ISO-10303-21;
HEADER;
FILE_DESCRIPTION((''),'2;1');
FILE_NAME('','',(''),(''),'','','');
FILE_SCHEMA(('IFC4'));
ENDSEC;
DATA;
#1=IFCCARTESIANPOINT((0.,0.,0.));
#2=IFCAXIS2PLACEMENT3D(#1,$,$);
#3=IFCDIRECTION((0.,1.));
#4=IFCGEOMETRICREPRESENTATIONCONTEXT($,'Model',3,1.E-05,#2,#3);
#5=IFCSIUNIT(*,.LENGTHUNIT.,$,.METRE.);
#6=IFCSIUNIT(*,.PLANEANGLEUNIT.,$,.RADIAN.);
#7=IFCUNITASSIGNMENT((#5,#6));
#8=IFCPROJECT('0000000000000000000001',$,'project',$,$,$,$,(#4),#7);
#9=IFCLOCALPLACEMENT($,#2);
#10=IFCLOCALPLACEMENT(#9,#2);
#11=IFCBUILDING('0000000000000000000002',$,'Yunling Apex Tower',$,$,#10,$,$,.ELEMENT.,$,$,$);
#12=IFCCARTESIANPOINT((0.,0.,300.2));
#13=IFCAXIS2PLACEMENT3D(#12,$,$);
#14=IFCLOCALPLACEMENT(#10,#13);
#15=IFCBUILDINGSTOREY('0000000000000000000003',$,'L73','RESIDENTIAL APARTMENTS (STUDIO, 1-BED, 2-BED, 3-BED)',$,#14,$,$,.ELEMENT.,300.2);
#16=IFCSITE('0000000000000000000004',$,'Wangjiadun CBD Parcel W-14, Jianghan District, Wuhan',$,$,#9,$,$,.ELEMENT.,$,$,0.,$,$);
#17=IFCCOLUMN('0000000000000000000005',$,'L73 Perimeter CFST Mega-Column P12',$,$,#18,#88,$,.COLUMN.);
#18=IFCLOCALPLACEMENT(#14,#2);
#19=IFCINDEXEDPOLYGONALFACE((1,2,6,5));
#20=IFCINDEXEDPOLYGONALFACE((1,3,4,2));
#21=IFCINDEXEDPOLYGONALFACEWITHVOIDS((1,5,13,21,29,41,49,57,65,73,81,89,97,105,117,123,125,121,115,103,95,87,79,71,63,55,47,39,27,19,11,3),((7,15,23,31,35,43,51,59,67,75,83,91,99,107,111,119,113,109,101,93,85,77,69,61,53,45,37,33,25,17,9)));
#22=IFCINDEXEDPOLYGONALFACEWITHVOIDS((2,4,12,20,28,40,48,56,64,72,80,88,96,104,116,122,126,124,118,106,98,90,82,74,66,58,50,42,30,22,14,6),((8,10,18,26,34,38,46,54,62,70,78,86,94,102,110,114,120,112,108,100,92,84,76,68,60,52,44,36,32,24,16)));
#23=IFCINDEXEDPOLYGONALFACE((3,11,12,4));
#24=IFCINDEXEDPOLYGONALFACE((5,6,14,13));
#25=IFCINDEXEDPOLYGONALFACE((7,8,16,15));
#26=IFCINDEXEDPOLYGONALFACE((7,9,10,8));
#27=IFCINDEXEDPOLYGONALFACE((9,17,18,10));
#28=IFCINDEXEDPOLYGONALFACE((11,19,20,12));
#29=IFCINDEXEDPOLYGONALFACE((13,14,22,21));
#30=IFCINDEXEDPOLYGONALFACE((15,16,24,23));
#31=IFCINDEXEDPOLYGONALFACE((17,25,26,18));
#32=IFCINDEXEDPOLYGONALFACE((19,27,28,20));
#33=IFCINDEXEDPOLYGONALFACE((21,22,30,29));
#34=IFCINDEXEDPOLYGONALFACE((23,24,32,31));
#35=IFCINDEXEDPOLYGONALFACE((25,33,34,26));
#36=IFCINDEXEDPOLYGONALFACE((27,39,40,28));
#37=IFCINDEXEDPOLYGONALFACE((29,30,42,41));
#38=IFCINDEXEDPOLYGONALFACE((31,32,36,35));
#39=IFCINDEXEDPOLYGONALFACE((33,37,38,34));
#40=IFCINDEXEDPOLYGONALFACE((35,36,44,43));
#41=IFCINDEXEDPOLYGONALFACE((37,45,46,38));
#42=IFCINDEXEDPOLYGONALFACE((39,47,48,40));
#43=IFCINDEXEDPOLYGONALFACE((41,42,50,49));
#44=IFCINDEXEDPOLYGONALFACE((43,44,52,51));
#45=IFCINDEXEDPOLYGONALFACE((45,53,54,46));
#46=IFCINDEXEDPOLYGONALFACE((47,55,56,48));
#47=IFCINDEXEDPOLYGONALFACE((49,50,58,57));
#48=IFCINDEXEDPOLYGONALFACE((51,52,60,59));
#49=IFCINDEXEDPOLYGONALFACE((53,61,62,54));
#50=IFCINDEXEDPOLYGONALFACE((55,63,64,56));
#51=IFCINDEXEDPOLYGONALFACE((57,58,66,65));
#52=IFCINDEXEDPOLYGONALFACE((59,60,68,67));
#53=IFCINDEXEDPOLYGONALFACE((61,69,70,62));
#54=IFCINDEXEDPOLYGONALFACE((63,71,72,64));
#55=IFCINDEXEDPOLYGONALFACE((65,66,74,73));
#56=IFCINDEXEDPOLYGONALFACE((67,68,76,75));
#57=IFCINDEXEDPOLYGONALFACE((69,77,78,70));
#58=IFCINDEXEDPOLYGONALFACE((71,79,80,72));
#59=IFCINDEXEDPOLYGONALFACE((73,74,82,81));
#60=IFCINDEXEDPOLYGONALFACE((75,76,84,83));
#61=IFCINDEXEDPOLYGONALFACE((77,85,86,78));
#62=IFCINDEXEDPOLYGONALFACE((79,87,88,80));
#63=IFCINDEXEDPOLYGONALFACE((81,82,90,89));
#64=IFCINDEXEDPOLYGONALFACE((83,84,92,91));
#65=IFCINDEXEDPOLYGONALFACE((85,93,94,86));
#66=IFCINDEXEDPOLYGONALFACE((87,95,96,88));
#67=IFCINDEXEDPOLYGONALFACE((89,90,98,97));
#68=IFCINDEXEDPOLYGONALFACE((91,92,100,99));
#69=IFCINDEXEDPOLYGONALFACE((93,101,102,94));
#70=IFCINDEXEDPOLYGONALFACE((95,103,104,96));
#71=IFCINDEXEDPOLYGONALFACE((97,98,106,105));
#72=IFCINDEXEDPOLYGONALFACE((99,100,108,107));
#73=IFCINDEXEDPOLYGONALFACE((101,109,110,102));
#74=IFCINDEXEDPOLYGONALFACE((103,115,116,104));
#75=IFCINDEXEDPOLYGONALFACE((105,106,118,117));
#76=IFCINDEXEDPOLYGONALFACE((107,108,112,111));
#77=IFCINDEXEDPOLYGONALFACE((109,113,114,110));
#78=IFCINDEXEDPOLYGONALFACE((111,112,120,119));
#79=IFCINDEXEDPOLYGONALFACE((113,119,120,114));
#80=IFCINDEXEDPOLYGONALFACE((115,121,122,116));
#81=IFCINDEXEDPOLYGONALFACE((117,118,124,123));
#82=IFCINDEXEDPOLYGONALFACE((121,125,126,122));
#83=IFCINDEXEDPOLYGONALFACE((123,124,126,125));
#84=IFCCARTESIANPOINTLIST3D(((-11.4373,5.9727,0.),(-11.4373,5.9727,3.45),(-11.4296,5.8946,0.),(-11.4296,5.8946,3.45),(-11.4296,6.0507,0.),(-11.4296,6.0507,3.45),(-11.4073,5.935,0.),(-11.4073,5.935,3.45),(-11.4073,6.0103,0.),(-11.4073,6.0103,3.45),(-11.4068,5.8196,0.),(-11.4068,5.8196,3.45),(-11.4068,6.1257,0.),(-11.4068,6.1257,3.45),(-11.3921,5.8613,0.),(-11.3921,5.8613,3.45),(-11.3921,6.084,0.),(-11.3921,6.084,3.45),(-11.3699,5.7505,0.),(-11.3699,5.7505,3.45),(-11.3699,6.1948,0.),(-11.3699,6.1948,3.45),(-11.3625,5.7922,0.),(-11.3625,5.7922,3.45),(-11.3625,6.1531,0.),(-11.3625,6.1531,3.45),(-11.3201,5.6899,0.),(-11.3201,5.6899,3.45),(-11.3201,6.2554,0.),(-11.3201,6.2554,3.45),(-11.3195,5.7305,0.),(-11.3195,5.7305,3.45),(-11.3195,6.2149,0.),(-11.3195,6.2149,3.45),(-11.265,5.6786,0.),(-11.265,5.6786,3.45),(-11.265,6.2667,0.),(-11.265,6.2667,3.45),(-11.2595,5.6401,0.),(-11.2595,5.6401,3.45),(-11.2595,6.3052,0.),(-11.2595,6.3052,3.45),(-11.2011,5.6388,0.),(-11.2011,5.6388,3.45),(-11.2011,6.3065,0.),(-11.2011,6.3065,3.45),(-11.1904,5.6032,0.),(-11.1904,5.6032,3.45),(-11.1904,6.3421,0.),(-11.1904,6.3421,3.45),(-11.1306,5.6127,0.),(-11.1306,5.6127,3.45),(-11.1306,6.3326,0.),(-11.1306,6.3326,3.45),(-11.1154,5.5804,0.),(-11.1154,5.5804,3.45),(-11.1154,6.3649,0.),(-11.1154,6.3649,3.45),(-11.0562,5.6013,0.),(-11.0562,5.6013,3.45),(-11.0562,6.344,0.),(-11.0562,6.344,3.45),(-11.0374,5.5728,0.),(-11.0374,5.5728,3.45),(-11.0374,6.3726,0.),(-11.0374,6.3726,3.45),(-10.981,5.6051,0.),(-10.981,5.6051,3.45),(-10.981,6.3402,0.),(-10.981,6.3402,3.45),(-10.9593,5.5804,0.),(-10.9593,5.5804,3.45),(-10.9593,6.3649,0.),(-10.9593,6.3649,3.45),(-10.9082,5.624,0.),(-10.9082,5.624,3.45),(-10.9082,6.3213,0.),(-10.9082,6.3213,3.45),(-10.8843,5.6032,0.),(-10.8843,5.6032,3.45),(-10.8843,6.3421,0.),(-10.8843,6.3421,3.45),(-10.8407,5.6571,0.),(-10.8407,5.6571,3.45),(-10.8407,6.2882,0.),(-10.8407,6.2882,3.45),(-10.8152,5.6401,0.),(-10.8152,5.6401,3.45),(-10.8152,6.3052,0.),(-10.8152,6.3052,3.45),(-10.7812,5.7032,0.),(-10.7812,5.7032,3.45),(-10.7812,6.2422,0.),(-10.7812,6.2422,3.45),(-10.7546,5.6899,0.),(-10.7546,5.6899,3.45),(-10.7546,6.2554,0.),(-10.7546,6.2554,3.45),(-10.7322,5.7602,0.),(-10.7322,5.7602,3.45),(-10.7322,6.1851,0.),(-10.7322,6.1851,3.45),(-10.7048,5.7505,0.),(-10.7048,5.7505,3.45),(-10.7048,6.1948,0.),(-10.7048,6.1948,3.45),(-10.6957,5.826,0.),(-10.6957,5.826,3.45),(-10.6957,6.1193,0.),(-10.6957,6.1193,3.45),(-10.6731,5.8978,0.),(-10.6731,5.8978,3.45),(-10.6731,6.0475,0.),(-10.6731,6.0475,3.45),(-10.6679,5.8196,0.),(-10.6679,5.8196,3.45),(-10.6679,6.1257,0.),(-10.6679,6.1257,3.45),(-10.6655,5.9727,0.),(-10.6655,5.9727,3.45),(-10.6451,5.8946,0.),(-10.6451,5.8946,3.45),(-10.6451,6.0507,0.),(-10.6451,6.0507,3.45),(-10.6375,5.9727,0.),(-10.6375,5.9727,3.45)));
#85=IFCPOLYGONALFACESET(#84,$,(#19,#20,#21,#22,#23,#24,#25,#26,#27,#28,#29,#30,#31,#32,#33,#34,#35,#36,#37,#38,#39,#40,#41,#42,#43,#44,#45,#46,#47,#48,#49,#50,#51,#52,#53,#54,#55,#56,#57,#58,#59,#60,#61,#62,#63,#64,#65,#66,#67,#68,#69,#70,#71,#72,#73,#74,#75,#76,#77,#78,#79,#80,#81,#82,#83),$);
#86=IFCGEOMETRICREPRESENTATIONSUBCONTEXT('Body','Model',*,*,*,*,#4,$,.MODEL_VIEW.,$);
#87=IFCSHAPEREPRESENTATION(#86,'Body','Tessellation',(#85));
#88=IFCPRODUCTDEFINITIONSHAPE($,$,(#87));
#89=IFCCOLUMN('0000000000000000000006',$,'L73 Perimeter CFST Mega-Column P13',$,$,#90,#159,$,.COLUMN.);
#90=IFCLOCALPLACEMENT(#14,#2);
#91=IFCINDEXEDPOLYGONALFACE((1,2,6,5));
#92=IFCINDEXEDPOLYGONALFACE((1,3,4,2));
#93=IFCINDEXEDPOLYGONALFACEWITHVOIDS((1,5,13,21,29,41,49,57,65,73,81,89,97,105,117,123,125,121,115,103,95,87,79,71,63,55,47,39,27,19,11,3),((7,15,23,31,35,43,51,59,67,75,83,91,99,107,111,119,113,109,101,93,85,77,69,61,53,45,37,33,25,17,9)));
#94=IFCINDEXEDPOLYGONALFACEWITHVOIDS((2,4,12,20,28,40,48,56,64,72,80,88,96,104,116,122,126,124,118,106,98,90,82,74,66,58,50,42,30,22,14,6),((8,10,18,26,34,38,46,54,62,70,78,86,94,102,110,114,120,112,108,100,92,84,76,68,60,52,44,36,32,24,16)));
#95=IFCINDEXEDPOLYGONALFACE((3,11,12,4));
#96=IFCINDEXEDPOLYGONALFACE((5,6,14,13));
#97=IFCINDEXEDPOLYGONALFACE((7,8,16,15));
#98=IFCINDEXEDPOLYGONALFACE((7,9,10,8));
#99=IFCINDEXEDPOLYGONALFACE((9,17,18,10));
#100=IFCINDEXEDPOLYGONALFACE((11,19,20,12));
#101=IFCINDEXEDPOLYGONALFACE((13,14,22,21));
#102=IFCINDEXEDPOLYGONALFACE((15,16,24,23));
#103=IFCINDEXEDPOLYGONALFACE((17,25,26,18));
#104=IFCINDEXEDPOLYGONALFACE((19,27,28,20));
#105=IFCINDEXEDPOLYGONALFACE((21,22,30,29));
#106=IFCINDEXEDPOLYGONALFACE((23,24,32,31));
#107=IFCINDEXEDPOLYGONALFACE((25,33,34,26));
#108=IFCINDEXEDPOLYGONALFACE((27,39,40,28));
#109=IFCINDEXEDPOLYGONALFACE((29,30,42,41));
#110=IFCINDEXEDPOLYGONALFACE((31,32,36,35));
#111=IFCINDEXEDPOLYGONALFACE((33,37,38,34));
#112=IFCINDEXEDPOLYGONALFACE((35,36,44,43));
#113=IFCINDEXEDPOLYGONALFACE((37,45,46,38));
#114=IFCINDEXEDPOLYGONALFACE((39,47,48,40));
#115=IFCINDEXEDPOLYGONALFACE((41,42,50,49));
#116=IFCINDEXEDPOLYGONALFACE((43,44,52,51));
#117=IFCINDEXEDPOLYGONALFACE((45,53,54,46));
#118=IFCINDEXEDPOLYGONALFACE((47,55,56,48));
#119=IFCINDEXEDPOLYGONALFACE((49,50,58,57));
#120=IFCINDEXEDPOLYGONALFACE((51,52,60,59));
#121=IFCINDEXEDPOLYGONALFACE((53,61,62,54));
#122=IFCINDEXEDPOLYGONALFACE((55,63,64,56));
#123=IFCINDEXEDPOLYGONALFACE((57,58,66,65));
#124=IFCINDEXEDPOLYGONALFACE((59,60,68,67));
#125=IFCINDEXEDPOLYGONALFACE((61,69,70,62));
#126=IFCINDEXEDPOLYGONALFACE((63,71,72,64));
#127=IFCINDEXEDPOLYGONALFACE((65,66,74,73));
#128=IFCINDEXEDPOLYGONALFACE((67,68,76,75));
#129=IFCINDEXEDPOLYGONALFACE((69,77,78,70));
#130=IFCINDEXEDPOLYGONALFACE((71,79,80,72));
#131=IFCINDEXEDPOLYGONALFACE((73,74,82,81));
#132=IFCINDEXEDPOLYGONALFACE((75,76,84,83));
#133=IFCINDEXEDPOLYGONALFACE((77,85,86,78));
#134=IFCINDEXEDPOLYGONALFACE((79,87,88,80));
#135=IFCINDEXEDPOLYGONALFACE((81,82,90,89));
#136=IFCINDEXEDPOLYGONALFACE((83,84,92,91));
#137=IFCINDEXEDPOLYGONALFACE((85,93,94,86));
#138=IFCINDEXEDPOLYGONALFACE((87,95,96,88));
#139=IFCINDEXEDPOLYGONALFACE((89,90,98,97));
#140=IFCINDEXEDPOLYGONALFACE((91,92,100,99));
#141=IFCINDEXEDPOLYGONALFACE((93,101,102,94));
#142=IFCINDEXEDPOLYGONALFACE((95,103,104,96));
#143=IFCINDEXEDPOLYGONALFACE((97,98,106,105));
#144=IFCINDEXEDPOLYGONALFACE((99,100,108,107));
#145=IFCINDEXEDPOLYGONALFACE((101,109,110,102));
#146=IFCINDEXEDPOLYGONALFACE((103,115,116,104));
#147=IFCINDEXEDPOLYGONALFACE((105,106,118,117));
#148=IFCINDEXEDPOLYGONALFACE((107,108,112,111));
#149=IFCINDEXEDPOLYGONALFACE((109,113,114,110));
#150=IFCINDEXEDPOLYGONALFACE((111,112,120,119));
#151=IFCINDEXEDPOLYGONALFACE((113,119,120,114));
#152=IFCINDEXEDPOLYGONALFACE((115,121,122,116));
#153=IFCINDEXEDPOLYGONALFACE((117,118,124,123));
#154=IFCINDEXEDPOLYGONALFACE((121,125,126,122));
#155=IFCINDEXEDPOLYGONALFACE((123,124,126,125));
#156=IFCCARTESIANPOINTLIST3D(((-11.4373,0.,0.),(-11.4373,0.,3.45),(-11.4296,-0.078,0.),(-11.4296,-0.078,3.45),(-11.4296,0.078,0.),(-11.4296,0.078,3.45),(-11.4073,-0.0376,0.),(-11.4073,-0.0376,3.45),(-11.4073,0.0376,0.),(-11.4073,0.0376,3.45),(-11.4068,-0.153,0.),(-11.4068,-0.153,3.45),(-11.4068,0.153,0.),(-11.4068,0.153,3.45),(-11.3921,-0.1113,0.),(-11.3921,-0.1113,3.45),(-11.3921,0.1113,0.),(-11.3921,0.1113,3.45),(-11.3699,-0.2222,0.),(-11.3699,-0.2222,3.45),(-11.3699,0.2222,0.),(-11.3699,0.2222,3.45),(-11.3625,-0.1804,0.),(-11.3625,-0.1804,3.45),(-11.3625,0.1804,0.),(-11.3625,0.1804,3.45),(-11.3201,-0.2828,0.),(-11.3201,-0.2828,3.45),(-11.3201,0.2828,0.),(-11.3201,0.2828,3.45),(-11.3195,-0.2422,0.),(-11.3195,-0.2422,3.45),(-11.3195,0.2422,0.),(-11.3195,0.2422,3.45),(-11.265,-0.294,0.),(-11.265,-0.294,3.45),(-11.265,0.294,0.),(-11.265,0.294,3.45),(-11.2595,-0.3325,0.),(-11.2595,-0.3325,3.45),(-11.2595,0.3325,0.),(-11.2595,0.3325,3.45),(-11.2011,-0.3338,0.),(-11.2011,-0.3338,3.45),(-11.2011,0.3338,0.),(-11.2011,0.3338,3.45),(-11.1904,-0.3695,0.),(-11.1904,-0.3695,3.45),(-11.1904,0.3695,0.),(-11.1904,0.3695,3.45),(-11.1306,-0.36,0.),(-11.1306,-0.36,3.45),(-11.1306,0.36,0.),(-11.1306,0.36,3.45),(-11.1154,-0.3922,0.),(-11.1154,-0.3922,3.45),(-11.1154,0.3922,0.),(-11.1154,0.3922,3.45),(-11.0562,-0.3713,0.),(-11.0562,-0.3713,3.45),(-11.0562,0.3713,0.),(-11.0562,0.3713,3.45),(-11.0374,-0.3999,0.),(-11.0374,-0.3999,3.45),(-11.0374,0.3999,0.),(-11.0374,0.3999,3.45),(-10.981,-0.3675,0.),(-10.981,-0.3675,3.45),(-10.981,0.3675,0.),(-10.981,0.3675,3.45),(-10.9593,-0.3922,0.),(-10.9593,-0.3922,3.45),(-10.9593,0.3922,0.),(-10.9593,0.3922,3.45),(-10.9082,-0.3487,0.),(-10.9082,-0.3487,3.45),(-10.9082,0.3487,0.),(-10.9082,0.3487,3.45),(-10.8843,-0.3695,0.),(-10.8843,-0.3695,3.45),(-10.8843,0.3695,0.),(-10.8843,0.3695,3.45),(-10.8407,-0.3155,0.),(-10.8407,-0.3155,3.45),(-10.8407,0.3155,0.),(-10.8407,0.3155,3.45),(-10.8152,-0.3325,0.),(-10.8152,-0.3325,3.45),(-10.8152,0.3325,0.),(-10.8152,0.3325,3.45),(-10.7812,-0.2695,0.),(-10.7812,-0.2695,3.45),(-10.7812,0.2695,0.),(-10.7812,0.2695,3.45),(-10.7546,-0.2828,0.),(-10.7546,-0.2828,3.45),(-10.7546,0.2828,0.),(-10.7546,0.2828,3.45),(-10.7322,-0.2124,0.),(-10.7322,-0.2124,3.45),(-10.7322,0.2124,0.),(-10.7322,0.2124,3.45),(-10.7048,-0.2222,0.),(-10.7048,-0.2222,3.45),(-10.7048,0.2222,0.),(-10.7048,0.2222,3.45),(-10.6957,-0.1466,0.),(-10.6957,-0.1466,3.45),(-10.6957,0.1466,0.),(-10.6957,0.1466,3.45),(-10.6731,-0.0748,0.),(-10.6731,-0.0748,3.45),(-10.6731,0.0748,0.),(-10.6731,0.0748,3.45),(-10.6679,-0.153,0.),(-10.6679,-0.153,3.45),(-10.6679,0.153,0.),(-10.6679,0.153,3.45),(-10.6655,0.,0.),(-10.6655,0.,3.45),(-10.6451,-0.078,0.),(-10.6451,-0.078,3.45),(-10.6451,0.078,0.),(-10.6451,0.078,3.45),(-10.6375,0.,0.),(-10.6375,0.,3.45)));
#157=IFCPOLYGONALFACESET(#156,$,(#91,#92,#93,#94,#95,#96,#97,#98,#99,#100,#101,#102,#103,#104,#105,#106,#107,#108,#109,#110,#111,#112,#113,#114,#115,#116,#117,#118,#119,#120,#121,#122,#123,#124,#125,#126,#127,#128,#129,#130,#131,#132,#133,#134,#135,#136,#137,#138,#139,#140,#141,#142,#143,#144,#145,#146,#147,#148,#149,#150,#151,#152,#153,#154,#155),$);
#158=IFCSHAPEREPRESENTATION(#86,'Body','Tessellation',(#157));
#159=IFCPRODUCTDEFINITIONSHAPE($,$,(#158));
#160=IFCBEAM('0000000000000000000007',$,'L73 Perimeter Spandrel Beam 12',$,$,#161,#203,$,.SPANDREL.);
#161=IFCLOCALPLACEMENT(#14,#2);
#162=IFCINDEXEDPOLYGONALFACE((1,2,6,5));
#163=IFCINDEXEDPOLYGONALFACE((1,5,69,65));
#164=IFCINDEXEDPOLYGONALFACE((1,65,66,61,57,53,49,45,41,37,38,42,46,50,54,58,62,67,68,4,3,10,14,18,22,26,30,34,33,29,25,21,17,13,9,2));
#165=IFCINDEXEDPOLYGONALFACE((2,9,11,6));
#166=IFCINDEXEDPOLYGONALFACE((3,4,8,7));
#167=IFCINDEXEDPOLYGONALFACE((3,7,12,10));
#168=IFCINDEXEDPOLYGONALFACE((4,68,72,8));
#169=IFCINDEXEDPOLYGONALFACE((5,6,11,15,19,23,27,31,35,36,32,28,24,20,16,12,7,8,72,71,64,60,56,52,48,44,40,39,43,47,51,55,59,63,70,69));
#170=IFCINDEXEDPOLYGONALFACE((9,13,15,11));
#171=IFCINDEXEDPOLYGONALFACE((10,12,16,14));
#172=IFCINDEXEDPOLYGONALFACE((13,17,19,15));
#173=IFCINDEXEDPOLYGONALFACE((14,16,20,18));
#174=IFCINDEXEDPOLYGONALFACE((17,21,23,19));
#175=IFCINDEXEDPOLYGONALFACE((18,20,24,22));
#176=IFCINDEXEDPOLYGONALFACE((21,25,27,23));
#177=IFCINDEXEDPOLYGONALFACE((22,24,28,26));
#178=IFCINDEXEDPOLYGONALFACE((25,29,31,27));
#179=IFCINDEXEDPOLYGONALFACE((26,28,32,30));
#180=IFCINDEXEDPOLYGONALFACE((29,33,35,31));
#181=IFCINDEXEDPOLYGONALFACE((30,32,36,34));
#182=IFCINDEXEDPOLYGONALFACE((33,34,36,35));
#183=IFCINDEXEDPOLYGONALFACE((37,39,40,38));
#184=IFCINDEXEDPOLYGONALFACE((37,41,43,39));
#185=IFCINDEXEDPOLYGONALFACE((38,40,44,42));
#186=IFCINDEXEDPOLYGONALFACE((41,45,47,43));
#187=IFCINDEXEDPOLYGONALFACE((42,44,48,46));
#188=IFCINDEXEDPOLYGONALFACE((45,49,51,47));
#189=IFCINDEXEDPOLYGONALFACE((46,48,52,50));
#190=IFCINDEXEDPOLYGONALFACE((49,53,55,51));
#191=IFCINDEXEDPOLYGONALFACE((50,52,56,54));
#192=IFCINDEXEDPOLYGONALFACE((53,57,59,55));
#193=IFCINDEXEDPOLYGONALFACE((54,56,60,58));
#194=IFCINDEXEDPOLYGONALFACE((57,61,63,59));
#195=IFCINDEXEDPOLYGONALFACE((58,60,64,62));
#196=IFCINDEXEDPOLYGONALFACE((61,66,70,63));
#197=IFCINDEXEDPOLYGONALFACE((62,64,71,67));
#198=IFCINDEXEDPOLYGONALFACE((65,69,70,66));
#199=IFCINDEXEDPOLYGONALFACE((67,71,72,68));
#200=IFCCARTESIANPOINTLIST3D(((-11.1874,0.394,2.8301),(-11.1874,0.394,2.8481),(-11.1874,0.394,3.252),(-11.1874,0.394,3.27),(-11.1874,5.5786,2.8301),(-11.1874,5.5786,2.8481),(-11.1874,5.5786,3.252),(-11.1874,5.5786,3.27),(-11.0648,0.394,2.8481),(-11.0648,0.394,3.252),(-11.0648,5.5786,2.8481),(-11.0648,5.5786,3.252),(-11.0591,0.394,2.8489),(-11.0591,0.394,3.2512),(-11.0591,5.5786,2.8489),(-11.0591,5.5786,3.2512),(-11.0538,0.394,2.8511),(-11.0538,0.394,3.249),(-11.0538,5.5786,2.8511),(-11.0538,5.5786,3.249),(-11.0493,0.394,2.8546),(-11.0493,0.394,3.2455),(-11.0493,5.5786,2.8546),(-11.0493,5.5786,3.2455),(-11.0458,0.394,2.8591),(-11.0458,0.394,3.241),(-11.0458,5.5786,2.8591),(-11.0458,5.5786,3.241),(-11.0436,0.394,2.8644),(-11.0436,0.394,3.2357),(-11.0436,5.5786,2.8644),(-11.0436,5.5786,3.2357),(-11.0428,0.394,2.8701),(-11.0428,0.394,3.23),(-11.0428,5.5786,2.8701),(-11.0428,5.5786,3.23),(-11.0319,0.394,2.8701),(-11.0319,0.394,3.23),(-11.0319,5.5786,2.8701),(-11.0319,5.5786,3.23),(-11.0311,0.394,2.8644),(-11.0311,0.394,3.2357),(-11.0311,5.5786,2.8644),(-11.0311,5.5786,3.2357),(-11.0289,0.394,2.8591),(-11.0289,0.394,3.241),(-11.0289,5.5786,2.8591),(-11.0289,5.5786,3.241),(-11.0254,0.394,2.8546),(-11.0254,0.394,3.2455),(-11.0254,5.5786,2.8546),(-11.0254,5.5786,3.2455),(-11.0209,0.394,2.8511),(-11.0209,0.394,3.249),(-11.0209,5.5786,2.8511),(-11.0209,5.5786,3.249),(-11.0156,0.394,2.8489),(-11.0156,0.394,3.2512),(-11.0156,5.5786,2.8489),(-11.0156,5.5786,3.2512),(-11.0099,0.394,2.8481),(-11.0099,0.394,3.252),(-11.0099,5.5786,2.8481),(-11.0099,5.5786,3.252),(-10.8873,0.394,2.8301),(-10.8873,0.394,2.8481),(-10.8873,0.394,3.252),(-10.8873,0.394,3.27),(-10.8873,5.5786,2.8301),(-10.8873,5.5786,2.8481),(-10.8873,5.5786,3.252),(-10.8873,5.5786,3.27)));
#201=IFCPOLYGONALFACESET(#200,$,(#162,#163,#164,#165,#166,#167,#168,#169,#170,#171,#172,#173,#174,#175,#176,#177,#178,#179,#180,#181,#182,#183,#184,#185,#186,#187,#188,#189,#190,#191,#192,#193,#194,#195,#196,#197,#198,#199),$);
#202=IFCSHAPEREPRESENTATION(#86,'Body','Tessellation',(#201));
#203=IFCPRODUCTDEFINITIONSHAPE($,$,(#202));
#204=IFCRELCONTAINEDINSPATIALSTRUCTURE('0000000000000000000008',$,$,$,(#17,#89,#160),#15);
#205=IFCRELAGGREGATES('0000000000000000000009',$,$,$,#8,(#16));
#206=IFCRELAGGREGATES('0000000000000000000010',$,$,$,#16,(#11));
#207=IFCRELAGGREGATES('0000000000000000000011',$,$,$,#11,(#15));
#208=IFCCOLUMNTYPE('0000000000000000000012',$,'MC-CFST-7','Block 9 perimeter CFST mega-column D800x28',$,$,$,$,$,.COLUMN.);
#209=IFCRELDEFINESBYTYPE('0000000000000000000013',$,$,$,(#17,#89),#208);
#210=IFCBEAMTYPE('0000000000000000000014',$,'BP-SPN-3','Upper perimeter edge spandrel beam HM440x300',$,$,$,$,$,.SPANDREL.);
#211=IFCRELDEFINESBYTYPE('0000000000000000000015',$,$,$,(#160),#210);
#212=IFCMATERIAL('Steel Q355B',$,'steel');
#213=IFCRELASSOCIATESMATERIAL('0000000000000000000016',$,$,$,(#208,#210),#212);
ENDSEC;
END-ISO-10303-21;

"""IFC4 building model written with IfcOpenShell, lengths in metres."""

from ifc_helpers import new_model, si_unit, direction, frame, origin, origin_2d, place, context, subcontext, project, spatial, hollow_circle, i_section, extrude, source, transform, mapped, material, material_profile, profile_set, type_object, element, save


model = new_model("IFC4")

# Units and contexts
model_context = context("Model", 3, precision=1e-05, world=origin(), true_north=direction((0.0, 1.0)))
body_context = subcontext(model_context, "Body", "Model", "MODEL_VIEW")
ifc_project = project(units=[si_unit("LENGTHUNIT", "METRE"), si_unit("PLANEANGLEUNIT", "RADIAN")], contexts=[model_context])

# Site, building, storey
site_placement = place(None, origin())
site = spatial("IfcSite", under=ifc_project, at=site_placement, Name="Wangjiadun CBD Parcel W-14, Jianghan District, Wuhan", CompositionType="ELEMENT", RefElevation=0.0)
building_placement = place(site_placement, origin())
building = spatial("IfcBuilding", under=site, at=building_placement, Name="Yunling Apex Tower", CompositionType="ELEMENT")
storey_placement = place(building_placement, frame((0.0, 0.0, 300.2)))
storey = spatial("IfcBuildingStorey", under=building, at=storey_placement, Name="L73", Description="RESIDENTIAL APARTMENTS (STUDIO, 1-BED, 2-BED, 3-BED)", CompositionType="ELEMENT", Elevation=300.2)

# Columns
ifc_material_1 = material(Name="Steel Q355B", Category="steel")
ifc_material_profile_1 = material_profile(ifc_material_1, hollow_circle(Radius=0.3999, WallThickness=0.0281, at=origin_2d()))
ifc_profile_set_1 = profile_set([ifc_material_profile_1], Name="Steel Q355B")
column_type = type_object("IfcColumnType", Name="MC-CFST-7", Description="Block 9 perimeter CFST mega-column D800x28", PredefinedType="COLUMN", material=ifc_profile_set_1)
shared_shape_1 = source(origin(), body_context, "Body", "SweptSolid", [
    extrude(hollow_circle(Radius=0.3999, WallThickness=0.0281, at=origin_2d()), origin(), (0.0, 0.0, 1.0), 3.45),
])
for number, where, z_axis, x_axis, name in (
    (1, (-11.0374, 5.9727, 0.0), (0.0, 0.0, 1.0), (1.0, 0.0, 0.0), "L73 Perimeter CFST Mega-Column P12"),
    (2, (-11.0374, 0.0, 0.0), (0.0, 0.0, 1.0), (1.0, 0.0, 0.0), "L73 Perimeter CFST Mega-Column P13"),
):
    element("IfcColumn", number, at=place(storey_placement, frame(where, z_axis=z_axis, x_axis=x_axis)), inside=storey, type_object=column_type, Name=name, PredefinedType="COLUMN", context=body_context, shape_type="MappedRepresentation", body=[
        mapped(shared_shape_1, transform((0.0, 0.0, 0.0), scale=1.0)),
    ])

# Beam
ifc_material_profile_2 = material_profile(ifc_material_1, i_section(OverallWidth=0.3, OverallDepth=0.4399, WebThickness=0.011, FlangeThickness=0.0181, FilletRadius=0.022, at=origin_2d()))
ifc_profile_set_2 = profile_set([ifc_material_profile_2], Name="Steel Q355B")
beam_type_1 = type_object("IfcBeamType", Name="BP-SPN-3", Description="Upper perimeter edge spandrel beam HM440x300", PredefinedType="SPANDREL", material=ifc_profile_set_2)
shared_shape_2 = source(origin(), body_context, "Body", "SweptSolid", [
    extrude(i_section(OverallWidth=0.3, OverallDepth=0.4399, WebThickness=0.011, FlangeThickness=0.0181, FilletRadius=0.022, at=origin_2d()), origin(), (0.0, 0.0, 1.0), 5.1846),
])
beam_1_placement = place(storey_placement, frame((-11.0374, 5.5786, 3.05), z_axis=(0.0, -1.0, 0.0), x_axis=(1.0, 0.0, 0.0)))
element("IfcBeam", 3, at=beam_1_placement, inside=storey, type_object=beam_type_1, Name="L73 Perimeter Spandrel Beam 12", PredefinedType="SPANDREL", context=body_context, shape_type="MappedRepresentation", body=[
    mapped(shared_shape_2, transform((0.0, 0.0, 0.0), scale=1.0)),
])

save(model, "model.ifc")
